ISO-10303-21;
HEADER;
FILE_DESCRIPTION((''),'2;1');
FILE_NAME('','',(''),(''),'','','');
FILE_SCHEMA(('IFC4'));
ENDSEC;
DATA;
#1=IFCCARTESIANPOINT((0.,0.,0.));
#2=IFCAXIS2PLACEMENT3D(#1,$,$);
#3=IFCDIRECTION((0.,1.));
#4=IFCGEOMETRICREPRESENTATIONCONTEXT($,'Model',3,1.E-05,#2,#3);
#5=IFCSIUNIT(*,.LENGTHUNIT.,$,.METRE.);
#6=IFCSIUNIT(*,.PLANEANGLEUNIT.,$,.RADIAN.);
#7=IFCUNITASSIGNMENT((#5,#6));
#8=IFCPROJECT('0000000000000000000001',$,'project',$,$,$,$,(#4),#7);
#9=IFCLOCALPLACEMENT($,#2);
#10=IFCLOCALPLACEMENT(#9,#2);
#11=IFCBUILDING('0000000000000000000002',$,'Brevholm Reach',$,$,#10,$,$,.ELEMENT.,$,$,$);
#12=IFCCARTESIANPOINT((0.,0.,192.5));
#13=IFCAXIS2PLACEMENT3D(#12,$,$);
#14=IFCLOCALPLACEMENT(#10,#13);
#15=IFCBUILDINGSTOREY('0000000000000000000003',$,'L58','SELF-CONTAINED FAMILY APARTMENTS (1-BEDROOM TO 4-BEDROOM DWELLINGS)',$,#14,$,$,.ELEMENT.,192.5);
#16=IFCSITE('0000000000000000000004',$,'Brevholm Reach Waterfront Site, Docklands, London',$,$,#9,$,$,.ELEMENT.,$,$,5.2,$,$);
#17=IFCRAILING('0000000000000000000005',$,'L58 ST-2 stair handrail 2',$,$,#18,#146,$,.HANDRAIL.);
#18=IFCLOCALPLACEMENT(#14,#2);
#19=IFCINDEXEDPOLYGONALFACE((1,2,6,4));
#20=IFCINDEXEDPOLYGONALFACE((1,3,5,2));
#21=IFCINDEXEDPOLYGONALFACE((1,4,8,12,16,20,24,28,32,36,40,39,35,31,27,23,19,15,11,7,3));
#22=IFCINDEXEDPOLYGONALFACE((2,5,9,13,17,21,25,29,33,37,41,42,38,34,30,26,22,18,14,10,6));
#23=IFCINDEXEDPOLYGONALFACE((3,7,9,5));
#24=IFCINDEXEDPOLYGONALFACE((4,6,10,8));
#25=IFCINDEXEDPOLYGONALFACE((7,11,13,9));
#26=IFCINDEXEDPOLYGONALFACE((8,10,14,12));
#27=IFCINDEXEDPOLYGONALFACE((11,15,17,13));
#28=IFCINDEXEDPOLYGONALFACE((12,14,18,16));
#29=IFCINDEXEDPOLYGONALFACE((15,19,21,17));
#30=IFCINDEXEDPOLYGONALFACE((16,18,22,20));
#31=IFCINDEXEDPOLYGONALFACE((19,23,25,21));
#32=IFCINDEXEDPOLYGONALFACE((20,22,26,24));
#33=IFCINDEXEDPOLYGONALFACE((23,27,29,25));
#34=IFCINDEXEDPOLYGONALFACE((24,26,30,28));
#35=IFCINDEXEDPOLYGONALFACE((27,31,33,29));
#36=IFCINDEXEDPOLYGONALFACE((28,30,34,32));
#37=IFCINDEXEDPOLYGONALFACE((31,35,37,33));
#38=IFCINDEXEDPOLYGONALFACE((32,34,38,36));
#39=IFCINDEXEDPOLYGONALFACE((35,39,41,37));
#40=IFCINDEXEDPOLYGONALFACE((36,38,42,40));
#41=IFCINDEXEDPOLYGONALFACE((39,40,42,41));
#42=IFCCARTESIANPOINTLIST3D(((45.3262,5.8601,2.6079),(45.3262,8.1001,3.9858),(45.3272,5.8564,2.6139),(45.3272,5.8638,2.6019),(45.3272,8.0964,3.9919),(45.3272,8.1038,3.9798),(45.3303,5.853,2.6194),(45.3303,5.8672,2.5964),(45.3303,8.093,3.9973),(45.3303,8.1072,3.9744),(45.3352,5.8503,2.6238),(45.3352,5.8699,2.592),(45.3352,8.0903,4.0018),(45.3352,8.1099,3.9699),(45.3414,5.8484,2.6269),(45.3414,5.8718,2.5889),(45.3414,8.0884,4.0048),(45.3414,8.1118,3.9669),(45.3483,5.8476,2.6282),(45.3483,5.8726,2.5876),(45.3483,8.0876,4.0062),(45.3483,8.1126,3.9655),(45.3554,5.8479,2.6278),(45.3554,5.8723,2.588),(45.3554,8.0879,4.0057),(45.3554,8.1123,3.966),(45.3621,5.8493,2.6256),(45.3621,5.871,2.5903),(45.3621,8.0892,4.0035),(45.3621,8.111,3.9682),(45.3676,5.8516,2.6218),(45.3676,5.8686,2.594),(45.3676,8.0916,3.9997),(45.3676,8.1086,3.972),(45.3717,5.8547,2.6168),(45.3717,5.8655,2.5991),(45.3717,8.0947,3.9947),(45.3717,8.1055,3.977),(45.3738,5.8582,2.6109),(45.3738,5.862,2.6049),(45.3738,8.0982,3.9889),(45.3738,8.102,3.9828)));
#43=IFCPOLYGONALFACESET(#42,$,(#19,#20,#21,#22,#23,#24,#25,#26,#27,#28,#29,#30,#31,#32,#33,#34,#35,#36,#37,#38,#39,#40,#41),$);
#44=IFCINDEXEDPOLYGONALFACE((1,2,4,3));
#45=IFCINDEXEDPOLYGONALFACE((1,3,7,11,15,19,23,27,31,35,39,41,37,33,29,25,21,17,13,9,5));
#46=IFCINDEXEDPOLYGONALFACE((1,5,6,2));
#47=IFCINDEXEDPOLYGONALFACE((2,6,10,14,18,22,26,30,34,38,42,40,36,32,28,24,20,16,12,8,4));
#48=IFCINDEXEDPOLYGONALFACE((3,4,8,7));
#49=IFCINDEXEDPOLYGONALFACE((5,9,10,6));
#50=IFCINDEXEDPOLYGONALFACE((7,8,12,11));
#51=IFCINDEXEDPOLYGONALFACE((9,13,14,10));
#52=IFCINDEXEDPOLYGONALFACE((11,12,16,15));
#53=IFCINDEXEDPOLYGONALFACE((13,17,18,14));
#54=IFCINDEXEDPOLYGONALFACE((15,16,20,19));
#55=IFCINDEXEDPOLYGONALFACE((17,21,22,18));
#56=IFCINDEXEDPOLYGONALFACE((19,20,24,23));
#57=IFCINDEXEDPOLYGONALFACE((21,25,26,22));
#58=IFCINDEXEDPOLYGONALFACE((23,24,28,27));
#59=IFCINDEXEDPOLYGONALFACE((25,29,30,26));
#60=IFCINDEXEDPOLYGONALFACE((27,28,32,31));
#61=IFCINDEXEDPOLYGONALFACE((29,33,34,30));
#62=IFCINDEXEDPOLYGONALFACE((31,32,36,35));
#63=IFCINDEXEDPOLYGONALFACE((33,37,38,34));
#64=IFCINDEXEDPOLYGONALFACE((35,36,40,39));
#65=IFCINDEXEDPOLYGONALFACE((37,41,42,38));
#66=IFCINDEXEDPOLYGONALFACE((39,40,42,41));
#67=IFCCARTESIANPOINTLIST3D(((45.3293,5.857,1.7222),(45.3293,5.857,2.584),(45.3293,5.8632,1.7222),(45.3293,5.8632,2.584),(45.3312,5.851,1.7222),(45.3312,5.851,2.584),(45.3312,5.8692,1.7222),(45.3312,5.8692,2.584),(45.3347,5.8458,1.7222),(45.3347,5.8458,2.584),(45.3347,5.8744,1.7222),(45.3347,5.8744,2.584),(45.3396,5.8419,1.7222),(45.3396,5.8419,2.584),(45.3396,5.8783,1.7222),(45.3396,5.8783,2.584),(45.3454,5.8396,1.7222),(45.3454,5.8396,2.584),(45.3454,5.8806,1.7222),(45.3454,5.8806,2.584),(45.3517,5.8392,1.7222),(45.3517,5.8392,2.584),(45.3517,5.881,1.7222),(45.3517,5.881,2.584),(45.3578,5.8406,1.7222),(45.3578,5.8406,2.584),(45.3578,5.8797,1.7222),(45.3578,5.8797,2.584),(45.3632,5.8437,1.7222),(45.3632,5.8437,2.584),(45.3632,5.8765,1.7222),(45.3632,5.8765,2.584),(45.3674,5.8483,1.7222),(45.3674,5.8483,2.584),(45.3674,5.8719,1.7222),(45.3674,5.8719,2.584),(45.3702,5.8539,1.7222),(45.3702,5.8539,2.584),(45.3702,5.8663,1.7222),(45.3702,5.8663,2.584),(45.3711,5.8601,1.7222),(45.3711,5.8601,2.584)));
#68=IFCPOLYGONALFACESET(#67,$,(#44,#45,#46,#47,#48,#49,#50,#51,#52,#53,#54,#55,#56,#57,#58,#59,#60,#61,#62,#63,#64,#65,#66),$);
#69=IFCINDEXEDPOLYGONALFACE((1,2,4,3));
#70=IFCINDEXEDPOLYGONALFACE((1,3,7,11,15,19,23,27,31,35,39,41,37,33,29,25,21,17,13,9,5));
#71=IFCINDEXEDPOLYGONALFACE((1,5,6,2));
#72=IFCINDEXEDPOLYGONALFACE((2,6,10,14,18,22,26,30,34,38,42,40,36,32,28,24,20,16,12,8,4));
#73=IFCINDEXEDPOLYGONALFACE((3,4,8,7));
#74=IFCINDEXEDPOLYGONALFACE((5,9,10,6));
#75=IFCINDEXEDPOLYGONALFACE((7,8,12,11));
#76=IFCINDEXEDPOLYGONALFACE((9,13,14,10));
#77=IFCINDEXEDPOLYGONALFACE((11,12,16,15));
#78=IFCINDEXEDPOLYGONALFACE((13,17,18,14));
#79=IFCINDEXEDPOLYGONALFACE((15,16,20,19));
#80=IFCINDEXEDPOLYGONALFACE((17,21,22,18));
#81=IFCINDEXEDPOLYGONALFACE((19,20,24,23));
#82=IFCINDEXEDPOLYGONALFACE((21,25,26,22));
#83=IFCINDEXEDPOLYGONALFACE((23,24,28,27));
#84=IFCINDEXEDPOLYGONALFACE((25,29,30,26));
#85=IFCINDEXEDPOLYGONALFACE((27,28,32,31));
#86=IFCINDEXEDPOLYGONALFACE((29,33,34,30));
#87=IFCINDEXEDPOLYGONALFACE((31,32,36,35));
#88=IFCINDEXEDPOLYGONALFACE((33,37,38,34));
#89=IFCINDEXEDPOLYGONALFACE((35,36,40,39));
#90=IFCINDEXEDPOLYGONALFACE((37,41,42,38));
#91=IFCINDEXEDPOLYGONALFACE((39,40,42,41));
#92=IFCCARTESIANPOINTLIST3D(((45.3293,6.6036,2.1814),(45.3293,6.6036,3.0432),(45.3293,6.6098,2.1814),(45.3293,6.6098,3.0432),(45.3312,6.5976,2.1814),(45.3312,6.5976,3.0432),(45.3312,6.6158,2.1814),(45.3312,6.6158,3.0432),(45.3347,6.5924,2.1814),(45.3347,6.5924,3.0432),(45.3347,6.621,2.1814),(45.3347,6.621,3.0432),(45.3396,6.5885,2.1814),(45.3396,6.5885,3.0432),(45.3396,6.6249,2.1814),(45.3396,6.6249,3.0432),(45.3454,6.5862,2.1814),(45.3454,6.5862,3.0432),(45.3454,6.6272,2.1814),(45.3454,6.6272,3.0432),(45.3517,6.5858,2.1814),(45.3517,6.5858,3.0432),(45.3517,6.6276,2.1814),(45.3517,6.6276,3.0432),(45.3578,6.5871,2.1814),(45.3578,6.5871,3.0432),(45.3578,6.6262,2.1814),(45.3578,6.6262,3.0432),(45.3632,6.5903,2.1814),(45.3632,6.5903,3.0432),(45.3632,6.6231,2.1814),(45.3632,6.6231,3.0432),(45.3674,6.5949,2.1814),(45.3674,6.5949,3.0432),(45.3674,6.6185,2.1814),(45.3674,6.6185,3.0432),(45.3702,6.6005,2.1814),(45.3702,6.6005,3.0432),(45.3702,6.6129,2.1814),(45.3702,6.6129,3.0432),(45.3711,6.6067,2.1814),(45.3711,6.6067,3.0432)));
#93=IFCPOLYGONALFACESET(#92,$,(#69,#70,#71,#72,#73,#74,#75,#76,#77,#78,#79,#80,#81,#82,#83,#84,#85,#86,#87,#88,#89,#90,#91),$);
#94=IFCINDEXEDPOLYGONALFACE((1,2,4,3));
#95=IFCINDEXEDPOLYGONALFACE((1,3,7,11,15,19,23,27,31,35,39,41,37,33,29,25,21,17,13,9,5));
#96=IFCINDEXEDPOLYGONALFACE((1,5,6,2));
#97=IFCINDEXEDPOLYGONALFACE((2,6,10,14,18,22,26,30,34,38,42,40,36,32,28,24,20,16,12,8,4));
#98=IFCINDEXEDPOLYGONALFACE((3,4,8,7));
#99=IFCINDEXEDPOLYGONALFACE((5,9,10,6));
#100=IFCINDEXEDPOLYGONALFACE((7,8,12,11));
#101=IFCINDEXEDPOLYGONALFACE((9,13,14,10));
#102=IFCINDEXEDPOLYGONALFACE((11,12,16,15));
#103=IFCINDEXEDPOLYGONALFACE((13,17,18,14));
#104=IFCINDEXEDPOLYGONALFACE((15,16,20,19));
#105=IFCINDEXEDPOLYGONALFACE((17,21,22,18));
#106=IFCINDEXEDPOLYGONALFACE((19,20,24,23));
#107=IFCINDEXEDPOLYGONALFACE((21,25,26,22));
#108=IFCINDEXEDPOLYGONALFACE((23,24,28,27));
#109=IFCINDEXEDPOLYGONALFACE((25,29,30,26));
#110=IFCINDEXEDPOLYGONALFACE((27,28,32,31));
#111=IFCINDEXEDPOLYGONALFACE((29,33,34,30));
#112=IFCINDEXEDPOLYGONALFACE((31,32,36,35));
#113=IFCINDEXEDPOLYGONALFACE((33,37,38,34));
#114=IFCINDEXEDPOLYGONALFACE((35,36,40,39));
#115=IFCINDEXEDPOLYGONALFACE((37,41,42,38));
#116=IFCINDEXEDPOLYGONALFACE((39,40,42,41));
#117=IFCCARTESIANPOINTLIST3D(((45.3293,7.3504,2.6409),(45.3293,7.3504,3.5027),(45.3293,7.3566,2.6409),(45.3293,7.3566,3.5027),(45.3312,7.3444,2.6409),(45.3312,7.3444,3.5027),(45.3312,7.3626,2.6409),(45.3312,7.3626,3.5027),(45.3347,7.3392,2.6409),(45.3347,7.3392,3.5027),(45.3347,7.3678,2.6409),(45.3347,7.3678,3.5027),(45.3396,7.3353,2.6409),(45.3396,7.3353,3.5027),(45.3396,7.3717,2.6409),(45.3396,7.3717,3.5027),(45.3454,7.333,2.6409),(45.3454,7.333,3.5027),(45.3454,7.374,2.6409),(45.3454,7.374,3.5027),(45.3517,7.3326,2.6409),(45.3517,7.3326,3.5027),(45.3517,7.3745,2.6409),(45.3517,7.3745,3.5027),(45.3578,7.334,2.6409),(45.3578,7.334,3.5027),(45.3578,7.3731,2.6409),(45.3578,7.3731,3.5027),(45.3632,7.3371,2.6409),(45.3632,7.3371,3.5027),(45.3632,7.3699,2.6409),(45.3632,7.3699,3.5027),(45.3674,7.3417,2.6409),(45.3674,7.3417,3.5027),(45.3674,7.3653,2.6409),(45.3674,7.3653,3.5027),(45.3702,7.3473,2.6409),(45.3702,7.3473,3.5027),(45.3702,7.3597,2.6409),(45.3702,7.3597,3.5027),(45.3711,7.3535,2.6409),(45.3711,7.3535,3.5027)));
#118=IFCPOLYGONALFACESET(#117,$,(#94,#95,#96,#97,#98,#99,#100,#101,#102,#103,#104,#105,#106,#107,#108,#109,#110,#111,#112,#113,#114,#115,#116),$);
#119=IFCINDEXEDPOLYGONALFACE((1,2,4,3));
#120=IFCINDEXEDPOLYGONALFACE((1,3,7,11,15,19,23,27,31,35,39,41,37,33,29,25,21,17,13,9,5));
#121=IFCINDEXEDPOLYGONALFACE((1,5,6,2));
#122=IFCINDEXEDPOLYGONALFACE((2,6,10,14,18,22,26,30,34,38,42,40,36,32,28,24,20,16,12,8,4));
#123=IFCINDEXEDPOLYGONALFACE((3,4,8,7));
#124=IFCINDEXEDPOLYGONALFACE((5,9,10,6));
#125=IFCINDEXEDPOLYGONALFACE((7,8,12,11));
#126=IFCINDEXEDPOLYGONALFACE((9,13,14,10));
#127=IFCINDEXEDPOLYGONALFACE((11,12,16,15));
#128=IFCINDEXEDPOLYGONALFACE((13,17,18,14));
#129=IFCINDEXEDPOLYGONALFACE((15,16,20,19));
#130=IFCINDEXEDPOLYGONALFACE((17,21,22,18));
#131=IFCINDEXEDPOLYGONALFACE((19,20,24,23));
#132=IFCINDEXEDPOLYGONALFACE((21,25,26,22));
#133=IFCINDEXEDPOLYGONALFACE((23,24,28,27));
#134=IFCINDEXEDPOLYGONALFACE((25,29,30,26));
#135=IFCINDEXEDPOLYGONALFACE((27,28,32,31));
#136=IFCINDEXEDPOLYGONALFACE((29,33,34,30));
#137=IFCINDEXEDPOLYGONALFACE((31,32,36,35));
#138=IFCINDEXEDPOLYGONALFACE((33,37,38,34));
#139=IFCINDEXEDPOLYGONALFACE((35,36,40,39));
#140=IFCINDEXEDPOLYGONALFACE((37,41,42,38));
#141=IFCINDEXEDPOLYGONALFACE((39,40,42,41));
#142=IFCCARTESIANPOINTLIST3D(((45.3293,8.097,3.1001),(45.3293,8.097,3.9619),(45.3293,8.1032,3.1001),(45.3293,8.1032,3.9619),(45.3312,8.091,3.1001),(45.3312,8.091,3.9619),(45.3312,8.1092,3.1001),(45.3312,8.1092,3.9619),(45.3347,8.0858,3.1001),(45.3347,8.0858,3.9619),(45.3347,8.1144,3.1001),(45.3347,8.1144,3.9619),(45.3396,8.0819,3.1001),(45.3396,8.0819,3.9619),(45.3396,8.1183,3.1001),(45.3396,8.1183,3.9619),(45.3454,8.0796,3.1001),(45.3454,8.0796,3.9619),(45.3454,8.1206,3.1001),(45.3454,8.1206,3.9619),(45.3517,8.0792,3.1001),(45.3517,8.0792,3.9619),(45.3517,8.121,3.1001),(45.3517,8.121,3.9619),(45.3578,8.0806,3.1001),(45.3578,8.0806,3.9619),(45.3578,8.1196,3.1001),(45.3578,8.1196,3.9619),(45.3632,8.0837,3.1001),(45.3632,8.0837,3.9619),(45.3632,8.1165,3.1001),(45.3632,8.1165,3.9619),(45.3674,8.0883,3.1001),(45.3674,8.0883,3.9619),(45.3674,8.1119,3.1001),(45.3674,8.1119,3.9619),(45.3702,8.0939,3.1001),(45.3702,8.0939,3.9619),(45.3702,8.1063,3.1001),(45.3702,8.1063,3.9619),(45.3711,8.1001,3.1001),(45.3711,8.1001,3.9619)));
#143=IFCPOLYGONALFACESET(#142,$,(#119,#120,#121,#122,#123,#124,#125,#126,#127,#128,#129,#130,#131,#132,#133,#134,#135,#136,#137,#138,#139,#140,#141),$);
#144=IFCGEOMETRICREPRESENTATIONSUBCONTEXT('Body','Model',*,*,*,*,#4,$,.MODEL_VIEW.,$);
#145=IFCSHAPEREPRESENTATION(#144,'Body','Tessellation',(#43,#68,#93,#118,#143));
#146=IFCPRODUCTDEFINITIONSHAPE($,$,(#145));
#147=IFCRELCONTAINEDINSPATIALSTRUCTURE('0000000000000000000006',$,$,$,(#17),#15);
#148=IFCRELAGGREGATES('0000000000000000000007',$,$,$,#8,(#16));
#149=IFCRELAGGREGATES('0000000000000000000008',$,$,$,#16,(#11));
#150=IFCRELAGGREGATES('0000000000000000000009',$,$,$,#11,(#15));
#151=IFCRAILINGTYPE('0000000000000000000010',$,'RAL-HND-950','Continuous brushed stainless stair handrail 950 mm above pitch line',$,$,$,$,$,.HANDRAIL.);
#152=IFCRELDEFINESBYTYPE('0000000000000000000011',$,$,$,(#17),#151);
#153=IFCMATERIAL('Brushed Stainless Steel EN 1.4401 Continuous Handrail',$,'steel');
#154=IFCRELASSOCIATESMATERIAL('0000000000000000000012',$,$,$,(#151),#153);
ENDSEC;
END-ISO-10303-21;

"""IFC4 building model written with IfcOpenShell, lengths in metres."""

from ifc_helpers import new_model, si_unit, direction, frame, origin, origin_2d, place, context, subcontext, project, spatial, circle, extrude, material, type_object, element, save


model = new_model("IFC4")

# Units and contexts
model_context = context("Model", 3, precision=1e-05, world=origin(), true_north=direction((0.0, 1.0)))
body_context = subcontext(model_context, "Body", "Model", "MODEL_VIEW")
ifc_project = project(units=[si_unit("LENGTHUNIT", "METRE"), si_unit("PLANEANGLEUNIT", "RADIAN")], contexts=[model_context])

# Site, building, storey
site_placement = place(None, origin())
site = spatial("IfcSite", under=ifc_project, at=site_placement, Name="Brevholm Reach Waterfront Site, Docklands, London", CompositionType="ELEMENT", RefElevation=5.2)
building_placement = place(site_placement, origin())
building = spatial("IfcBuilding", under=site, at=building_placement, Name="Brevholm Reach", CompositionType="ELEMENT")
storey_placement = place(building_placement, frame((0.0, 0.0, 192.5)))
storey = spatial("IfcBuildingStorey", under=building, at=storey_placement, Name="L58", Description="SELF-CONTAINED FAMILY APARTMENTS (1-BEDROOM TO 4-BEDROOM DWELLINGS)", CompositionType="ELEMENT", Elevation=192.5)

# Railing
ifc_material_1 = material(Name="Brushed Stainless Steel EN 1.4401 Continuous Handrail", Category="steel")
railing_type_1 = type_object("IfcRailingType", Name="RAL-HND-950", Description="Continuous brushed stainless stair handrail 950 mm above pitch line", PredefinedType="HANDRAIL", material=ifc_material_1)
railing_1_placement = place(storey_placement, frame((45.3501, 5.8601, 1.7222)))
element("IfcRailing", 1, at=railing_1_placement, inside=storey, type_object=railing_type_1, Name="L58 ST-2 stair handrail 2", PredefinedType="HANDRAIL", context=body_context, shape_type="SweptSolid", body=[
    extrude(circle(Radius=0.0239, at=origin_2d()), frame((0.0, 0.0, 0.8857), z_axis=(0.0, 0.851748, 0.523952), x_axis=(-1.0, 0.0, 0.0)), (0.0, 0.0, 1.0), 2.6299),
    extrude(circle(Radius=0.021, at=origin_2d()), origin(), (0.0, 0.0, 1.0), 0.8618),
    extrude(circle(Radius=0.021, at=origin_2d()), frame((0.0, 0.7466, 0.4592)), (0.0, 0.0, 1.0), 0.8618),
    extrude(circle(Radius=0.021, at=origin_2d()), frame((0.0, 1.4934, 0.9187)), (0.0, 0.0, 1.0), 0.8618),
    extrude(circle(Radius=0.021, at=origin_2d()), frame((0.0, 2.24, 1.3779)), (0.0, 0.0, 1.0), 0.8618),
])

save(model, "model.ifc")
